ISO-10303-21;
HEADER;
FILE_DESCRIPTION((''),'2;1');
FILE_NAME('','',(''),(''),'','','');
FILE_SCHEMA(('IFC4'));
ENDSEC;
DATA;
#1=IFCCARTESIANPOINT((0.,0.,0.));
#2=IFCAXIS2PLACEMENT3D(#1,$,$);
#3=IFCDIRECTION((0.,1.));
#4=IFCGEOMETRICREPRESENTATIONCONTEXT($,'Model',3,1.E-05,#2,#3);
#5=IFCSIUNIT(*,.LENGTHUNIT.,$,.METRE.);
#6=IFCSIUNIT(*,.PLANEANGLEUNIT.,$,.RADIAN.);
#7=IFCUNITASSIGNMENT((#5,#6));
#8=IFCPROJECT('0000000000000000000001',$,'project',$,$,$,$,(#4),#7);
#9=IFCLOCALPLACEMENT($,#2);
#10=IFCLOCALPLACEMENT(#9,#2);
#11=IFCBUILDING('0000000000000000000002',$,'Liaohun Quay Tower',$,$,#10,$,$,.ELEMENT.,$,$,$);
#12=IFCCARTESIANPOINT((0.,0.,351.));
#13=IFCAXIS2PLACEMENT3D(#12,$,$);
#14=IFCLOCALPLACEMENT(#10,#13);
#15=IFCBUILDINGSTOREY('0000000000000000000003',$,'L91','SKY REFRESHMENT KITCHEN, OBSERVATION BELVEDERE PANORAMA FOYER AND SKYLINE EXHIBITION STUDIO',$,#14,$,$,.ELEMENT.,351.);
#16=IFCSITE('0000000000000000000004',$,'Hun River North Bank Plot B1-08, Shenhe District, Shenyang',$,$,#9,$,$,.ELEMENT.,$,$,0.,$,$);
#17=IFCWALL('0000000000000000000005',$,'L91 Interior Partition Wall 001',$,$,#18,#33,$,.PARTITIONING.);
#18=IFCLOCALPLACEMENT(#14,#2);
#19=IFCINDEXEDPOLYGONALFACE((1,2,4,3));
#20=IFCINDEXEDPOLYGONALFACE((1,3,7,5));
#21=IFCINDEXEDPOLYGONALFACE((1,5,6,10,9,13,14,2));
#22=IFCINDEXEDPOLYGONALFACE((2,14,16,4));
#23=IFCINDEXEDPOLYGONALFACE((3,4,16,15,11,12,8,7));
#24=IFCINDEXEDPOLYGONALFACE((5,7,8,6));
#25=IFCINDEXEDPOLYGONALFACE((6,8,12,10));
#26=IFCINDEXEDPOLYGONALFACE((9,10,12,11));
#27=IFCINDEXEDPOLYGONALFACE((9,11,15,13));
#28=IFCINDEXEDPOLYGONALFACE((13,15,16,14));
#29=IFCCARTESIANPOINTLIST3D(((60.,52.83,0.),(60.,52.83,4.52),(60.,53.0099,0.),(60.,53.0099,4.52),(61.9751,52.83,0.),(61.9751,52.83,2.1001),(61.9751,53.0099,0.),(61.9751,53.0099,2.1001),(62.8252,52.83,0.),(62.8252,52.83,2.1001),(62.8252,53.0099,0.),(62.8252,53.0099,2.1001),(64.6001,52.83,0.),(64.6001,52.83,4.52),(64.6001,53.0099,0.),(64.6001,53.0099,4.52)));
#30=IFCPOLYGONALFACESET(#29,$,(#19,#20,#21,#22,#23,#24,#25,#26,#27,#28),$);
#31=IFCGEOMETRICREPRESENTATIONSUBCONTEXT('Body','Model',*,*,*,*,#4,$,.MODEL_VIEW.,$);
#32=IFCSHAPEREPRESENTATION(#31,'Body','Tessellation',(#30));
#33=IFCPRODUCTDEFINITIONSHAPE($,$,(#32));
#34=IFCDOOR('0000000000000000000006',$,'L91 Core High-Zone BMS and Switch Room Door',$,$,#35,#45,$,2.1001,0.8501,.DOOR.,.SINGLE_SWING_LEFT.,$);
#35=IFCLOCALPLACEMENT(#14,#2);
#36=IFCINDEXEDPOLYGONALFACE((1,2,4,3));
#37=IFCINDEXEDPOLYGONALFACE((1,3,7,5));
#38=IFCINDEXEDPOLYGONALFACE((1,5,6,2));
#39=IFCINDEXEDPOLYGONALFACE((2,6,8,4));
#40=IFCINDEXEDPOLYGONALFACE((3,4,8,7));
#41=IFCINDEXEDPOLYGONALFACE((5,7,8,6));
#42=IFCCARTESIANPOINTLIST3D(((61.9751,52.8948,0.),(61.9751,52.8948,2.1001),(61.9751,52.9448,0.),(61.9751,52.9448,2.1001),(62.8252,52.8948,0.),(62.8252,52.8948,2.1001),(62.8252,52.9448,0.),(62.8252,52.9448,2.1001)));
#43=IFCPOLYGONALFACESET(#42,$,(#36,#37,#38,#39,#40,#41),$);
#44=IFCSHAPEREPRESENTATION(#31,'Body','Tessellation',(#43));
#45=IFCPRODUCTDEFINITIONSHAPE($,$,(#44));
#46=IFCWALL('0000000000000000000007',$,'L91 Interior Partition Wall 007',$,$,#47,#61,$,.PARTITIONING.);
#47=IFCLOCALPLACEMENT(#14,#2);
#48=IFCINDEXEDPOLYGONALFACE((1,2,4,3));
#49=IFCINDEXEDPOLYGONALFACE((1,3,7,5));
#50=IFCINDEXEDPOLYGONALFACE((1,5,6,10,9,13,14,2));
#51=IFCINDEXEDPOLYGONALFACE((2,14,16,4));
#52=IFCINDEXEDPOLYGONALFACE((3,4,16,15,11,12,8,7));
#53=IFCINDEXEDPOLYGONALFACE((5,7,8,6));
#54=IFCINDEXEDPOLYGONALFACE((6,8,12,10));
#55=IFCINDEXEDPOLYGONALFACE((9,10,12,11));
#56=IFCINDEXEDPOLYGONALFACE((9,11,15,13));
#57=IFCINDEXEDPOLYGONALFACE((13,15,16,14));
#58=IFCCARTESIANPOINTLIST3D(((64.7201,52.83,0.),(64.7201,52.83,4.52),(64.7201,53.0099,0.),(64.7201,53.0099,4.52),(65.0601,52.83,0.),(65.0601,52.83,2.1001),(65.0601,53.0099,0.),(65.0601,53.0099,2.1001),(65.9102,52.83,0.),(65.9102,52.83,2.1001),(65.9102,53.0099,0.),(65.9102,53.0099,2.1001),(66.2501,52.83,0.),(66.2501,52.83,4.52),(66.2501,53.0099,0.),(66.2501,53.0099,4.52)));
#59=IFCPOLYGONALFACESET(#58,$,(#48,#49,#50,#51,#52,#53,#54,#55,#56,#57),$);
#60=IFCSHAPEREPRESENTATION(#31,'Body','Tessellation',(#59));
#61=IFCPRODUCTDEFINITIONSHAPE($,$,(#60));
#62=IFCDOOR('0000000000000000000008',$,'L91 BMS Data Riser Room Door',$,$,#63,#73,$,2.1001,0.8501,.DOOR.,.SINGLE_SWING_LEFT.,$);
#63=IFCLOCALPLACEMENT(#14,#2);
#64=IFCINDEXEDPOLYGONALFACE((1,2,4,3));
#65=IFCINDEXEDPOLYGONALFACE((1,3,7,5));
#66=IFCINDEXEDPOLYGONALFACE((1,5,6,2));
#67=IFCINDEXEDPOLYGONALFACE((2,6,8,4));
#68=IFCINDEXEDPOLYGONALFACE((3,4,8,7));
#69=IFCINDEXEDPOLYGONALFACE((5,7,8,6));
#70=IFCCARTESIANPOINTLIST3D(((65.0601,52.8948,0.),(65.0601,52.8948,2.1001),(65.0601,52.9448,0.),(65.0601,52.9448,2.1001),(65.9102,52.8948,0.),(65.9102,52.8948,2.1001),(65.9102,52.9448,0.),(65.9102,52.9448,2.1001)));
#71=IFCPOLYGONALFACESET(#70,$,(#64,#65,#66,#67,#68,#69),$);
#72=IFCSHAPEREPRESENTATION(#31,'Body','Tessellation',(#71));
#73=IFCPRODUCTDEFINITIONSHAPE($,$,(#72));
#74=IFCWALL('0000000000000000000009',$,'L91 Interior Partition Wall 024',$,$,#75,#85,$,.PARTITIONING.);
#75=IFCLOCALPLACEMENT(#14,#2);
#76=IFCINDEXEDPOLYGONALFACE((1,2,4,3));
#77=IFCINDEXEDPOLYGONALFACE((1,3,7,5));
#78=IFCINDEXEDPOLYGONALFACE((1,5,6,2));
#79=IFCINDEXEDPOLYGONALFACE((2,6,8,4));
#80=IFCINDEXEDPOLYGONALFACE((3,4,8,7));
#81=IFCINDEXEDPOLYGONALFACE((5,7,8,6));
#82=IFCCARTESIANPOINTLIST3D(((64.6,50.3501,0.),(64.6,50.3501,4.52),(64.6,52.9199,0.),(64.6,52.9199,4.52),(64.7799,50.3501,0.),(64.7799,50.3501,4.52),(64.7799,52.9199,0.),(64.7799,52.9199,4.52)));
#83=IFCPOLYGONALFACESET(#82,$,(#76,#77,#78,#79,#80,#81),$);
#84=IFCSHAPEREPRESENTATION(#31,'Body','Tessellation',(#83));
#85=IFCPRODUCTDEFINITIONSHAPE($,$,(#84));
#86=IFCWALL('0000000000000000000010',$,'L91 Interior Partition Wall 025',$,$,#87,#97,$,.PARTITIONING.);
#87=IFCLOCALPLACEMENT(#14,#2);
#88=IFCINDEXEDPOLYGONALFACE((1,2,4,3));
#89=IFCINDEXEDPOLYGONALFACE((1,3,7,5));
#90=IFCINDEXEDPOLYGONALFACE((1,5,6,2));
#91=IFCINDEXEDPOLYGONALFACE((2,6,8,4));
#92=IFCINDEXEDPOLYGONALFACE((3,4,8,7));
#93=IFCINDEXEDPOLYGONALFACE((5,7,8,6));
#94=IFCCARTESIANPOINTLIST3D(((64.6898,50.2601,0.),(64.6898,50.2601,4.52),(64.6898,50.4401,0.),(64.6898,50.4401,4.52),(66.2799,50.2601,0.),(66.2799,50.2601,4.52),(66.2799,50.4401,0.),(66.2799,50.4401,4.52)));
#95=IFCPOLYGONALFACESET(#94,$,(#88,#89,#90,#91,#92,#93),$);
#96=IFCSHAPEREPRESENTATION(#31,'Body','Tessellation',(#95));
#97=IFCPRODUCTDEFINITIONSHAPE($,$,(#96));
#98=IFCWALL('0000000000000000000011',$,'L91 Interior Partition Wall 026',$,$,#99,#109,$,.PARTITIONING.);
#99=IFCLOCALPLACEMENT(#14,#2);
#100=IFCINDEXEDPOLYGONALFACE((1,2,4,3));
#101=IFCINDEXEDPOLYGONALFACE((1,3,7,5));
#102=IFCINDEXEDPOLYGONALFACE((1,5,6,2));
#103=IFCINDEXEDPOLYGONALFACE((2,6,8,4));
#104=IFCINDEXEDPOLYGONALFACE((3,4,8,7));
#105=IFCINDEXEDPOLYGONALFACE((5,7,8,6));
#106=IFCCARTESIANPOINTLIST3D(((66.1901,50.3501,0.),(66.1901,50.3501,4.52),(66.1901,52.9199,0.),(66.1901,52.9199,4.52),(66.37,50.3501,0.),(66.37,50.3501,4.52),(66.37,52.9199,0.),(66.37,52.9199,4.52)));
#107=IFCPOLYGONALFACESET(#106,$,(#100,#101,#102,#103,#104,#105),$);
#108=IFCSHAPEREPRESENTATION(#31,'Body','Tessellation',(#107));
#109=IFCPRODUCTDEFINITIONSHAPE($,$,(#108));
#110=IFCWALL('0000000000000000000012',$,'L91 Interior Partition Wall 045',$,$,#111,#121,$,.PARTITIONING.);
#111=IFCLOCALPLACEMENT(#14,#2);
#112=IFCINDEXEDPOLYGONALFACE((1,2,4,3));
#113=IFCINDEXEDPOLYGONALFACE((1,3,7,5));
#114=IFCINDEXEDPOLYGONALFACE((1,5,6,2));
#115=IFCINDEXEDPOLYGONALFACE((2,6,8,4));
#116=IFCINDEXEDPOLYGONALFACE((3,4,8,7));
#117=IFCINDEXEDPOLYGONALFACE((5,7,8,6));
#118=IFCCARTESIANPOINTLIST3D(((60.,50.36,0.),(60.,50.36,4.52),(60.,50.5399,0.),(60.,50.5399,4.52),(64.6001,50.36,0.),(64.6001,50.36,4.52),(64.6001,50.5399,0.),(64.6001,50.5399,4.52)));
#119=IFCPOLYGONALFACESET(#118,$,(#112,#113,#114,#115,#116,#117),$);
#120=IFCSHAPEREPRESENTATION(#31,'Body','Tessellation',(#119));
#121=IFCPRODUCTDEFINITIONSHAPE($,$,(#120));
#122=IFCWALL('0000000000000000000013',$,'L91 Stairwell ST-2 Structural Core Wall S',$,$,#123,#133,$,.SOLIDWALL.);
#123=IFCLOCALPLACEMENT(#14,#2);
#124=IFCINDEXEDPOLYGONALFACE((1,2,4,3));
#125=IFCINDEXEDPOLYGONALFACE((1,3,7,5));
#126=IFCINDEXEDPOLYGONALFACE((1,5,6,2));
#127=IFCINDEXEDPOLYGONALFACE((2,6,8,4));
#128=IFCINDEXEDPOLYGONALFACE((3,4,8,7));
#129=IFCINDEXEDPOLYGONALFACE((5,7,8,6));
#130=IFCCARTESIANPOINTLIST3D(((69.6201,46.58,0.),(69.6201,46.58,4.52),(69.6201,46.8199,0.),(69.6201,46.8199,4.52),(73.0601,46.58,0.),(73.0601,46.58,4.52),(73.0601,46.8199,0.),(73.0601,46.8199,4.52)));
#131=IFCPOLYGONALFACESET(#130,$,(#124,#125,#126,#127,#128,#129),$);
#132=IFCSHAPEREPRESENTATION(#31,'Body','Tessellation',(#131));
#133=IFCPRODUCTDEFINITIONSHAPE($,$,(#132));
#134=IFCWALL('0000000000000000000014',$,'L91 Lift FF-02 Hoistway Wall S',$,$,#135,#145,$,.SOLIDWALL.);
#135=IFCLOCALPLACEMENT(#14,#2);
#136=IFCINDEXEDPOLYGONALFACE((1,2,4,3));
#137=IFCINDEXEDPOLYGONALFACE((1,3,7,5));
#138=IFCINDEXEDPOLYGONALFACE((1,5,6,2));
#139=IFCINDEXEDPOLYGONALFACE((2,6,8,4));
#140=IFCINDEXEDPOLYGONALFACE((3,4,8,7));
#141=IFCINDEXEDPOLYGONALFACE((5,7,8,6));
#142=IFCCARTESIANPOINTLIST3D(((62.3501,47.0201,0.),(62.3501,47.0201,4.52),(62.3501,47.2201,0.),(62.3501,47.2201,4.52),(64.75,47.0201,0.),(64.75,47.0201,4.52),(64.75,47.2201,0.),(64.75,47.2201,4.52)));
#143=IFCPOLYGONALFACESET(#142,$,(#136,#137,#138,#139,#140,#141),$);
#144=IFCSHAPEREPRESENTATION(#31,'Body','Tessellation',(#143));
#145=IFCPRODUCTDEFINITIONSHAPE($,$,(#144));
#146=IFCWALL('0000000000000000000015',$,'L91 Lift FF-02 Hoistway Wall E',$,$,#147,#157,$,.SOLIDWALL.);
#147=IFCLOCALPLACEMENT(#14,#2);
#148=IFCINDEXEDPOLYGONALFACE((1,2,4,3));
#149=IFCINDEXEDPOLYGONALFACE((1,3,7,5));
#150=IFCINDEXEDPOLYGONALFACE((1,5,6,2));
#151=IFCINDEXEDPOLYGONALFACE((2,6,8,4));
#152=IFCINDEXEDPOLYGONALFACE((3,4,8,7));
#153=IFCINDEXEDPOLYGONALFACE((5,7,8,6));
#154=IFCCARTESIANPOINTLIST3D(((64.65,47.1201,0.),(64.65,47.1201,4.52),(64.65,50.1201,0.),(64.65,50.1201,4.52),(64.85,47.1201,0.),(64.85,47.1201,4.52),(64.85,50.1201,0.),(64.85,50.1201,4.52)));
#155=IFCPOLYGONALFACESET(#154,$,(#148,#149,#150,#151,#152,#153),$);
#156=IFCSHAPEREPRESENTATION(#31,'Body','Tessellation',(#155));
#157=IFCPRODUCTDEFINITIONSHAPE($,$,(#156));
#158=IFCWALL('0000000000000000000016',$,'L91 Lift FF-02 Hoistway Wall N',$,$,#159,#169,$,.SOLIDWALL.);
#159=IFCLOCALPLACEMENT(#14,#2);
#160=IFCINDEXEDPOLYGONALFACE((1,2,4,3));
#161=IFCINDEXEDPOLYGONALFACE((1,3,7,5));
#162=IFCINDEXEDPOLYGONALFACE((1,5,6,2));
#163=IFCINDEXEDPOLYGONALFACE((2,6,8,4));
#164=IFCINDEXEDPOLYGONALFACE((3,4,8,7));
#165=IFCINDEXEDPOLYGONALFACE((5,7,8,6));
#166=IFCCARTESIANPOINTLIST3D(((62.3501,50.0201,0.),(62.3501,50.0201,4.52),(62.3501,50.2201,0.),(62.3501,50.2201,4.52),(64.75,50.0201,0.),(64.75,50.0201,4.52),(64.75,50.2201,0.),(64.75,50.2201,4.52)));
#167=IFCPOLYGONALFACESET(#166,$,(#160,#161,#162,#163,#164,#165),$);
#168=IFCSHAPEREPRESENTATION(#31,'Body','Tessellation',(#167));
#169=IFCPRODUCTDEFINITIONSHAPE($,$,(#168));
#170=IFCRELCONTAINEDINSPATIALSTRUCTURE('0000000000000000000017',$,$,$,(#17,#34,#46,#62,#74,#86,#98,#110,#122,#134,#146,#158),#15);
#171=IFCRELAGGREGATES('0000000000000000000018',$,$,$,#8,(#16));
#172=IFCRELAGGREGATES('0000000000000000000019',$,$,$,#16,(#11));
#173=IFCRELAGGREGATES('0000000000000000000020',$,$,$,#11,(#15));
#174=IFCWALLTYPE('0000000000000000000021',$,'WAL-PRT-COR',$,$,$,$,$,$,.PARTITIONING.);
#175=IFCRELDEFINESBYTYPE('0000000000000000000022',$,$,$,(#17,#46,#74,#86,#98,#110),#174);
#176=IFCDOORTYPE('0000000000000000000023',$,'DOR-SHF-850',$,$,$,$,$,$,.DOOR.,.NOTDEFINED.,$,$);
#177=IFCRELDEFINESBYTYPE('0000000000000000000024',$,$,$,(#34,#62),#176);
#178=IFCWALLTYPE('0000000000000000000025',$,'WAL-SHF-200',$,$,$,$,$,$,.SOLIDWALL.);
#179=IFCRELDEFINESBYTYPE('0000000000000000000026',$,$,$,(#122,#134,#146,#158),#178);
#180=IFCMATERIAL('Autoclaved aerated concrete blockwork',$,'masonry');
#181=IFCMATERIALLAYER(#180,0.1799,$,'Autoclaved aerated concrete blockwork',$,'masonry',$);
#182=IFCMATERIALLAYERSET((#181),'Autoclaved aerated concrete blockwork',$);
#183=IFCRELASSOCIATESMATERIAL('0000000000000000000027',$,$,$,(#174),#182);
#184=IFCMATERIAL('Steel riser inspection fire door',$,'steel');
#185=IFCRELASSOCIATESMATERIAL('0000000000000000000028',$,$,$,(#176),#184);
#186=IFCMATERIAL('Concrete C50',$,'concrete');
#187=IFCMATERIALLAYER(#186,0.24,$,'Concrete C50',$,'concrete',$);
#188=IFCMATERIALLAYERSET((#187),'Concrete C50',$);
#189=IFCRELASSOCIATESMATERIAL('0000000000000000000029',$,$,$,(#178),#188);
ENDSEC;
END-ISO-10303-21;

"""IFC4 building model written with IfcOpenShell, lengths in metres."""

from ifc_helpers import new_model, si_unit, direction, frame, frame_2d, origin, place, context, subcontext, project, spatial, rectangle, extrude, source, transform, mapped, material, layer, layer_set, type_object, element, fill, save


model = new_model("IFC4")

# Units and contexts
model_context = context("Model", 3, precision=1e-05, world=origin(), true_north=direction((0.0, 1.0)))
body_context = subcontext(model_context, "Body", "Model", "MODEL_VIEW")
ifc_project = project(units=[si_unit("LENGTHUNIT", "METRE"), si_unit("PLANEANGLEUNIT", "RADIAN")], contexts=[model_context])

# Site, building, storey
site_placement = place(None, origin())
site = spatial("IfcSite", under=ifc_project, at=site_placement, Name="Hun River North Bank Plot B1-08, Shenhe District, Shenyang", CompositionType="ELEMENT", RefElevation=0.0)
building_placement = place(site_placement, origin())
building = spatial("IfcBuilding", under=site, at=building_placement, Name="Liaohun Quay Tower", CompositionType="ELEMENT")
storey_placement = place(building_placement, frame((0.0, 0.0, 351.0)))
storey = spatial("IfcBuildingStorey", under=building, at=storey_placement, Name="L91", Description="SKY REFRESHMENT KITCHEN, OBSERVATION BELVEDERE PANORAMA FOYER AND SKYLINE EXHIBITION STUDIO", CompositionType="ELEMENT", Elevation=351.0)

# Shared definitions
ifc_material_1 = material(Name="Concrete C50", Category="concrete")

# Walls, openings, doors
ifc_material_2 = material(Name="Autoclaved aerated concrete blockwork", Category="masonry")
ifc_layer_1 = layer(ifc_material_2, 0.1799, Name="Autoclaved aerated concrete blockwork", Category="masonry")
ifc_layer_set_1 = layer_set([ifc_layer_1], Name="Autoclaved aerated concrete blockwork")
wall_type_1 = type_object("IfcWallType", Name="WAL-PRT-COR", PredefinedType="PARTITIONING", material=ifc_layer_set_1)
wall_1_placement = place(storey_placement, frame((60.0, 52.9199, 0.0), z_axis=(0.0, 0.0, 1.0), x_axis=(1.0, 0.0, 0.0)))
wall_1 = element("IfcWall", 1, at=wall_1_placement, inside=storey, type_object=wall_type_1, Name="L91 Interior Partition Wall 001", PredefinedType="PARTITIONING", context=body_context, shape_type="SweptSolid", body=[
    extrude(rectangle(XDim=4.6001, YDim=0.1799, at=frame_2d((2.3, 0.0))), origin(), (0.0, 0.0, 1.0), 4.52),
])
shared_shape_1 = source(origin(), body_context, "Body", "SweptSolid", [
    extrude(rectangle(XDim=0.8501, YDim=2.1001, at=frame_2d((0.425, 1.05))), frame((0.0, 0.0999, 0.0), z_axis=(0.0, -1.0, 0.0), x_axis=(1.0, 0.0, 0.0)), (0.0, 0.0, 1.0), 0.2),
])
opening_1_placement = place(wall_1_placement, frame((1.9751, 0.0, 0.0)))
opening_1 = element("IfcOpeningElement", 2, at=opening_1_placement, cuts=wall_1, PredefinedType="OPENING", context=body_context, shape_type="MappedRepresentation", body=[
    mapped(shared_shape_1, transform((0.0, 0.0, 0.0), x_axis=(1.0, 0.0, 0.0), y_axis=(0.0, 1.0, 0.0), z_axis=(0.0, 0.0, 1.0), scale=1.0)),
])
ifc_material_3 = material(Name="Steel riser inspection fire door", Category="steel")
door_type_1 = type_object("IfcDoorType", Name="DOR-SHF-850", OperationType="NOTDEFINED", PredefinedType="DOOR", material=ifc_material_3)
shared_shape_2 = source(origin(), body_context, "Body", "SweptSolid", [
    extrude(rectangle(XDim=0.8501, YDim=2.1001, at=frame_2d((0.425, 1.05))), frame((0.0, 0.0249, 0.0), z_axis=(0.0, -1.0, 0.0), x_axis=(1.0, 0.0, 0.0)), (0.0, 0.0, 1.0), 0.05),
])
door_1_placement = place(opening_1_placement, origin())
door_1 = element("IfcDoor", 3, at=door_1_placement, inside=storey, type_object=door_type_1, Name="L91 Core High-Zone BMS and Switch Room Door", OperationType="SINGLE_SWING_LEFT", OverallHeight=2.1001, OverallWidth=0.8501, PredefinedType="DOOR", context=body_context, shape_type="MappedRepresentation", body=[
    mapped(shared_shape_2, transform((0.0, 0.0, 0.0), x_axis=(1.0, 0.0, 0.0), y_axis=(0.0, 1.0, 0.0), z_axis=(0.0, 0.0, 1.0), scale=1.0)),
])
fill(opening_1, door_1)
wall_2_placement = place(storey_placement, frame((64.72, 52.9199, 0.0), z_axis=(0.0, 0.0, 1.0), x_axis=(1.0, 0.0, 0.0)))
wall_2 = element("IfcWall", 4, at=wall_2_placement, inside=storey, type_object=wall_type_1, Name="L91 Interior Partition Wall 007", PredefinedType="PARTITIONING", context=body_context, shape_type="SweptSolid", body=[
    extrude(rectangle(XDim=1.53, YDim=0.1799, at=frame_2d((0.7651, 0.0))), origin(), (0.0, 0.0, 1.0), 4.52),
])
opening_2_placement = place(wall_2_placement, frame((0.3401, 0.0, 0.0)))
opening_2 = element("IfcOpeningElement", 5, at=opening_2_placement, cuts=wall_2, PredefinedType="OPENING", context=body_context, shape_type="MappedRepresentation", body=[
    mapped(shared_shape_1, transform((0.0, 0.0, 0.0), x_axis=(1.0, 0.0, 0.0), y_axis=(0.0, 1.0, 0.0), z_axis=(0.0, 0.0, 1.0), scale=1.0)),
])
door_2_placement = place(opening_2_placement, origin())
door_2 = element("IfcDoor", 6, at=door_2_placement, inside=storey, type_object=door_type_1, Name="L91 BMS Data Riser Room Door", OperationType="SINGLE_SWING_LEFT", OverallHeight=2.1001, OverallWidth=0.8501, PredefinedType="DOOR", context=body_context, shape_type="MappedRepresentation", body=[
    mapped(shared_shape_2, transform((0.0, 0.0, 0.0), x_axis=(1.0, 0.0, 0.0), y_axis=(0.0, 1.0, 0.0), z_axis=(0.0, 0.0, 1.0), scale=1.0)),
])
fill(opening_2, door_2)

# Walls
wall_3_placement = place(storey_placement, frame((64.6899, 50.3501, 0.0), z_axis=(0.0, 0.0, 1.0), x_axis=(0.0, 1.0, 0.0)))
element("IfcWall", 7, at=wall_3_placement, inside=storey, type_object=wall_type_1, Name="L91 Interior Partition Wall 024", PredefinedType="PARTITIONING", context=body_context, shape_type="SweptSolid", body=[
    extrude(rectangle(XDim=2.5698, YDim=0.1799, at=frame_2d((1.2849, 0.0))), origin(), (0.0, 0.0, 1.0), 4.52),
])
wall_4_placement = place(storey_placement, frame((64.6899, 50.3501, 0.0), z_axis=(0.0, 0.0, 1.0), x_axis=(1.0, 0.0, 0.0)))
element("IfcWall", 8, at=wall_4_placement, inside=storey, type_object=wall_type_1, Name="L91 Interior Partition Wall 025", PredefinedType="PARTITIONING", context=body_context, shape_type="SweptSolid", body=[
    extrude(rectangle(XDim=1.5901, YDim=0.1799, at=frame_2d((0.7949, 0.0))), origin(), (0.0, 0.0, 1.0), 4.52),
])
wall_5_placement = place(storey_placement, frame((66.28, 50.3501, 0.0), z_axis=(0.0, 0.0, 1.0), x_axis=(0.0, 1.0, 0.0)))
element("IfcWall", 9, at=wall_5_placement, inside=storey, type_object=wall_type_1, Name="L91 Interior Partition Wall 026", PredefinedType="PARTITIONING", context=body_context, shape_type="SweptSolid", body=[
    extrude(rectangle(XDim=2.5698, YDim=0.1799, at=frame_2d((1.2849, 0.0))), origin(), (0.0, 0.0, 1.0), 4.52),
])
wall_6_placement = place(storey_placement, frame((60.0, 50.45, 0.0), z_axis=(0.0, 0.0, 1.0), x_axis=(1.0, 0.0, 0.0)))
element("IfcWall", 10, at=wall_6_placement, inside=storey, type_object=wall_type_1, Name="L91 Interior Partition Wall 045", PredefinedType="PARTITIONING", context=body_context, shape_type="SweptSolid", body=[
    extrude(rectangle(XDim=4.6001, YDim=0.1799, at=frame_2d((2.3, 0.0))), origin(), (0.0, 0.0, 1.0), 4.52),
])
ifc_layer_2 = layer(ifc_material_1, 0.24, Name="Concrete C50", Category="concrete")
ifc_layer_set_2 = layer_set([ifc_layer_2], Name="Concrete C50")
wall_type_2 = type_object("IfcWallType", Name="WAL-SHF-200", PredefinedType="SOLIDWALL", material=ifc_layer_set_2)
wall_7_placement = place(storey_placement, frame((69.6201, 46.7, 0.0), z_axis=(0.0, 0.0, 1.0), x_axis=(1.0, 0.0, 0.0)))
element("IfcWall", 11, at=wall_7_placement, inside=storey, type_object=wall_type_2, Name="L91 Stairwell ST-2 Structural Core Wall S", PredefinedType="SOLIDWALL", context=body_context, shape_type="SweptSolid", body=[
    extrude(rectangle(XDim=3.4399, YDim=0.24, at=frame_2d((1.72, 0.0))), origin(), (0.0, 0.0, 1.0), 4.52),
])
wall_8_placement = place(storey_placement, frame((62.3501, 47.1201, 0.0), z_axis=(0.0, 0.0, 1.0), x_axis=(1.0, 0.0, 0.0)))
element("IfcWall", 12, at=wall_8_placement, inside=storey, type_object=wall_type_2, Name="L91 Lift FF-02 Hoistway Wall S", PredefinedType="SOLIDWALL", context=body_context, shape_type="SweptSolid", body=[
    extrude(rectangle(XDim=2.3999, YDim=0.2, at=frame_2d((1.2, 0.0))), origin(), (0.0, 0.0, 1.0), 4.52),
])
wall_9_placement = place(storey_placement, frame((64.75, 47.1201, 0.0), z_axis=(0.0, 0.0, 1.0), x_axis=(0.0, 1.0, 0.0)))
element("IfcWall", 13, at=wall_9_placement, inside=storey, type_object=wall_type_2, Name="L91 Lift FF-02 Hoistway Wall E", PredefinedType="SOLIDWALL", context=body_context, shape_type="SweptSolid", body=[
    extrude(rectangle(XDim=3.0, YDim=0.2, at=frame_2d((1.5, 0.0))), origin(), (0.0, 0.0, 1.0), 4.52),
])
wall_10_placement = place(storey_placement, frame((64.75, 50.1201, 0.0), z_axis=(0.0, 0.0, 1.0), x_axis=(-1.0, 0.0, 0.0)))
element("IfcWall", 14, at=wall_10_placement, inside=storey, type_object=wall_type_2, Name="L91 Lift FF-02 Hoistway Wall N", PredefinedType="SOLIDWALL", context=body_context, shape_type="SweptSolid", body=[
    extrude(rectangle(XDim=2.3999, YDim=0.2, at=frame_2d((1.2, 0.0))), origin(), (0.0, 0.0, 1.0), 4.52),
])

save(model, "model.ifc")
